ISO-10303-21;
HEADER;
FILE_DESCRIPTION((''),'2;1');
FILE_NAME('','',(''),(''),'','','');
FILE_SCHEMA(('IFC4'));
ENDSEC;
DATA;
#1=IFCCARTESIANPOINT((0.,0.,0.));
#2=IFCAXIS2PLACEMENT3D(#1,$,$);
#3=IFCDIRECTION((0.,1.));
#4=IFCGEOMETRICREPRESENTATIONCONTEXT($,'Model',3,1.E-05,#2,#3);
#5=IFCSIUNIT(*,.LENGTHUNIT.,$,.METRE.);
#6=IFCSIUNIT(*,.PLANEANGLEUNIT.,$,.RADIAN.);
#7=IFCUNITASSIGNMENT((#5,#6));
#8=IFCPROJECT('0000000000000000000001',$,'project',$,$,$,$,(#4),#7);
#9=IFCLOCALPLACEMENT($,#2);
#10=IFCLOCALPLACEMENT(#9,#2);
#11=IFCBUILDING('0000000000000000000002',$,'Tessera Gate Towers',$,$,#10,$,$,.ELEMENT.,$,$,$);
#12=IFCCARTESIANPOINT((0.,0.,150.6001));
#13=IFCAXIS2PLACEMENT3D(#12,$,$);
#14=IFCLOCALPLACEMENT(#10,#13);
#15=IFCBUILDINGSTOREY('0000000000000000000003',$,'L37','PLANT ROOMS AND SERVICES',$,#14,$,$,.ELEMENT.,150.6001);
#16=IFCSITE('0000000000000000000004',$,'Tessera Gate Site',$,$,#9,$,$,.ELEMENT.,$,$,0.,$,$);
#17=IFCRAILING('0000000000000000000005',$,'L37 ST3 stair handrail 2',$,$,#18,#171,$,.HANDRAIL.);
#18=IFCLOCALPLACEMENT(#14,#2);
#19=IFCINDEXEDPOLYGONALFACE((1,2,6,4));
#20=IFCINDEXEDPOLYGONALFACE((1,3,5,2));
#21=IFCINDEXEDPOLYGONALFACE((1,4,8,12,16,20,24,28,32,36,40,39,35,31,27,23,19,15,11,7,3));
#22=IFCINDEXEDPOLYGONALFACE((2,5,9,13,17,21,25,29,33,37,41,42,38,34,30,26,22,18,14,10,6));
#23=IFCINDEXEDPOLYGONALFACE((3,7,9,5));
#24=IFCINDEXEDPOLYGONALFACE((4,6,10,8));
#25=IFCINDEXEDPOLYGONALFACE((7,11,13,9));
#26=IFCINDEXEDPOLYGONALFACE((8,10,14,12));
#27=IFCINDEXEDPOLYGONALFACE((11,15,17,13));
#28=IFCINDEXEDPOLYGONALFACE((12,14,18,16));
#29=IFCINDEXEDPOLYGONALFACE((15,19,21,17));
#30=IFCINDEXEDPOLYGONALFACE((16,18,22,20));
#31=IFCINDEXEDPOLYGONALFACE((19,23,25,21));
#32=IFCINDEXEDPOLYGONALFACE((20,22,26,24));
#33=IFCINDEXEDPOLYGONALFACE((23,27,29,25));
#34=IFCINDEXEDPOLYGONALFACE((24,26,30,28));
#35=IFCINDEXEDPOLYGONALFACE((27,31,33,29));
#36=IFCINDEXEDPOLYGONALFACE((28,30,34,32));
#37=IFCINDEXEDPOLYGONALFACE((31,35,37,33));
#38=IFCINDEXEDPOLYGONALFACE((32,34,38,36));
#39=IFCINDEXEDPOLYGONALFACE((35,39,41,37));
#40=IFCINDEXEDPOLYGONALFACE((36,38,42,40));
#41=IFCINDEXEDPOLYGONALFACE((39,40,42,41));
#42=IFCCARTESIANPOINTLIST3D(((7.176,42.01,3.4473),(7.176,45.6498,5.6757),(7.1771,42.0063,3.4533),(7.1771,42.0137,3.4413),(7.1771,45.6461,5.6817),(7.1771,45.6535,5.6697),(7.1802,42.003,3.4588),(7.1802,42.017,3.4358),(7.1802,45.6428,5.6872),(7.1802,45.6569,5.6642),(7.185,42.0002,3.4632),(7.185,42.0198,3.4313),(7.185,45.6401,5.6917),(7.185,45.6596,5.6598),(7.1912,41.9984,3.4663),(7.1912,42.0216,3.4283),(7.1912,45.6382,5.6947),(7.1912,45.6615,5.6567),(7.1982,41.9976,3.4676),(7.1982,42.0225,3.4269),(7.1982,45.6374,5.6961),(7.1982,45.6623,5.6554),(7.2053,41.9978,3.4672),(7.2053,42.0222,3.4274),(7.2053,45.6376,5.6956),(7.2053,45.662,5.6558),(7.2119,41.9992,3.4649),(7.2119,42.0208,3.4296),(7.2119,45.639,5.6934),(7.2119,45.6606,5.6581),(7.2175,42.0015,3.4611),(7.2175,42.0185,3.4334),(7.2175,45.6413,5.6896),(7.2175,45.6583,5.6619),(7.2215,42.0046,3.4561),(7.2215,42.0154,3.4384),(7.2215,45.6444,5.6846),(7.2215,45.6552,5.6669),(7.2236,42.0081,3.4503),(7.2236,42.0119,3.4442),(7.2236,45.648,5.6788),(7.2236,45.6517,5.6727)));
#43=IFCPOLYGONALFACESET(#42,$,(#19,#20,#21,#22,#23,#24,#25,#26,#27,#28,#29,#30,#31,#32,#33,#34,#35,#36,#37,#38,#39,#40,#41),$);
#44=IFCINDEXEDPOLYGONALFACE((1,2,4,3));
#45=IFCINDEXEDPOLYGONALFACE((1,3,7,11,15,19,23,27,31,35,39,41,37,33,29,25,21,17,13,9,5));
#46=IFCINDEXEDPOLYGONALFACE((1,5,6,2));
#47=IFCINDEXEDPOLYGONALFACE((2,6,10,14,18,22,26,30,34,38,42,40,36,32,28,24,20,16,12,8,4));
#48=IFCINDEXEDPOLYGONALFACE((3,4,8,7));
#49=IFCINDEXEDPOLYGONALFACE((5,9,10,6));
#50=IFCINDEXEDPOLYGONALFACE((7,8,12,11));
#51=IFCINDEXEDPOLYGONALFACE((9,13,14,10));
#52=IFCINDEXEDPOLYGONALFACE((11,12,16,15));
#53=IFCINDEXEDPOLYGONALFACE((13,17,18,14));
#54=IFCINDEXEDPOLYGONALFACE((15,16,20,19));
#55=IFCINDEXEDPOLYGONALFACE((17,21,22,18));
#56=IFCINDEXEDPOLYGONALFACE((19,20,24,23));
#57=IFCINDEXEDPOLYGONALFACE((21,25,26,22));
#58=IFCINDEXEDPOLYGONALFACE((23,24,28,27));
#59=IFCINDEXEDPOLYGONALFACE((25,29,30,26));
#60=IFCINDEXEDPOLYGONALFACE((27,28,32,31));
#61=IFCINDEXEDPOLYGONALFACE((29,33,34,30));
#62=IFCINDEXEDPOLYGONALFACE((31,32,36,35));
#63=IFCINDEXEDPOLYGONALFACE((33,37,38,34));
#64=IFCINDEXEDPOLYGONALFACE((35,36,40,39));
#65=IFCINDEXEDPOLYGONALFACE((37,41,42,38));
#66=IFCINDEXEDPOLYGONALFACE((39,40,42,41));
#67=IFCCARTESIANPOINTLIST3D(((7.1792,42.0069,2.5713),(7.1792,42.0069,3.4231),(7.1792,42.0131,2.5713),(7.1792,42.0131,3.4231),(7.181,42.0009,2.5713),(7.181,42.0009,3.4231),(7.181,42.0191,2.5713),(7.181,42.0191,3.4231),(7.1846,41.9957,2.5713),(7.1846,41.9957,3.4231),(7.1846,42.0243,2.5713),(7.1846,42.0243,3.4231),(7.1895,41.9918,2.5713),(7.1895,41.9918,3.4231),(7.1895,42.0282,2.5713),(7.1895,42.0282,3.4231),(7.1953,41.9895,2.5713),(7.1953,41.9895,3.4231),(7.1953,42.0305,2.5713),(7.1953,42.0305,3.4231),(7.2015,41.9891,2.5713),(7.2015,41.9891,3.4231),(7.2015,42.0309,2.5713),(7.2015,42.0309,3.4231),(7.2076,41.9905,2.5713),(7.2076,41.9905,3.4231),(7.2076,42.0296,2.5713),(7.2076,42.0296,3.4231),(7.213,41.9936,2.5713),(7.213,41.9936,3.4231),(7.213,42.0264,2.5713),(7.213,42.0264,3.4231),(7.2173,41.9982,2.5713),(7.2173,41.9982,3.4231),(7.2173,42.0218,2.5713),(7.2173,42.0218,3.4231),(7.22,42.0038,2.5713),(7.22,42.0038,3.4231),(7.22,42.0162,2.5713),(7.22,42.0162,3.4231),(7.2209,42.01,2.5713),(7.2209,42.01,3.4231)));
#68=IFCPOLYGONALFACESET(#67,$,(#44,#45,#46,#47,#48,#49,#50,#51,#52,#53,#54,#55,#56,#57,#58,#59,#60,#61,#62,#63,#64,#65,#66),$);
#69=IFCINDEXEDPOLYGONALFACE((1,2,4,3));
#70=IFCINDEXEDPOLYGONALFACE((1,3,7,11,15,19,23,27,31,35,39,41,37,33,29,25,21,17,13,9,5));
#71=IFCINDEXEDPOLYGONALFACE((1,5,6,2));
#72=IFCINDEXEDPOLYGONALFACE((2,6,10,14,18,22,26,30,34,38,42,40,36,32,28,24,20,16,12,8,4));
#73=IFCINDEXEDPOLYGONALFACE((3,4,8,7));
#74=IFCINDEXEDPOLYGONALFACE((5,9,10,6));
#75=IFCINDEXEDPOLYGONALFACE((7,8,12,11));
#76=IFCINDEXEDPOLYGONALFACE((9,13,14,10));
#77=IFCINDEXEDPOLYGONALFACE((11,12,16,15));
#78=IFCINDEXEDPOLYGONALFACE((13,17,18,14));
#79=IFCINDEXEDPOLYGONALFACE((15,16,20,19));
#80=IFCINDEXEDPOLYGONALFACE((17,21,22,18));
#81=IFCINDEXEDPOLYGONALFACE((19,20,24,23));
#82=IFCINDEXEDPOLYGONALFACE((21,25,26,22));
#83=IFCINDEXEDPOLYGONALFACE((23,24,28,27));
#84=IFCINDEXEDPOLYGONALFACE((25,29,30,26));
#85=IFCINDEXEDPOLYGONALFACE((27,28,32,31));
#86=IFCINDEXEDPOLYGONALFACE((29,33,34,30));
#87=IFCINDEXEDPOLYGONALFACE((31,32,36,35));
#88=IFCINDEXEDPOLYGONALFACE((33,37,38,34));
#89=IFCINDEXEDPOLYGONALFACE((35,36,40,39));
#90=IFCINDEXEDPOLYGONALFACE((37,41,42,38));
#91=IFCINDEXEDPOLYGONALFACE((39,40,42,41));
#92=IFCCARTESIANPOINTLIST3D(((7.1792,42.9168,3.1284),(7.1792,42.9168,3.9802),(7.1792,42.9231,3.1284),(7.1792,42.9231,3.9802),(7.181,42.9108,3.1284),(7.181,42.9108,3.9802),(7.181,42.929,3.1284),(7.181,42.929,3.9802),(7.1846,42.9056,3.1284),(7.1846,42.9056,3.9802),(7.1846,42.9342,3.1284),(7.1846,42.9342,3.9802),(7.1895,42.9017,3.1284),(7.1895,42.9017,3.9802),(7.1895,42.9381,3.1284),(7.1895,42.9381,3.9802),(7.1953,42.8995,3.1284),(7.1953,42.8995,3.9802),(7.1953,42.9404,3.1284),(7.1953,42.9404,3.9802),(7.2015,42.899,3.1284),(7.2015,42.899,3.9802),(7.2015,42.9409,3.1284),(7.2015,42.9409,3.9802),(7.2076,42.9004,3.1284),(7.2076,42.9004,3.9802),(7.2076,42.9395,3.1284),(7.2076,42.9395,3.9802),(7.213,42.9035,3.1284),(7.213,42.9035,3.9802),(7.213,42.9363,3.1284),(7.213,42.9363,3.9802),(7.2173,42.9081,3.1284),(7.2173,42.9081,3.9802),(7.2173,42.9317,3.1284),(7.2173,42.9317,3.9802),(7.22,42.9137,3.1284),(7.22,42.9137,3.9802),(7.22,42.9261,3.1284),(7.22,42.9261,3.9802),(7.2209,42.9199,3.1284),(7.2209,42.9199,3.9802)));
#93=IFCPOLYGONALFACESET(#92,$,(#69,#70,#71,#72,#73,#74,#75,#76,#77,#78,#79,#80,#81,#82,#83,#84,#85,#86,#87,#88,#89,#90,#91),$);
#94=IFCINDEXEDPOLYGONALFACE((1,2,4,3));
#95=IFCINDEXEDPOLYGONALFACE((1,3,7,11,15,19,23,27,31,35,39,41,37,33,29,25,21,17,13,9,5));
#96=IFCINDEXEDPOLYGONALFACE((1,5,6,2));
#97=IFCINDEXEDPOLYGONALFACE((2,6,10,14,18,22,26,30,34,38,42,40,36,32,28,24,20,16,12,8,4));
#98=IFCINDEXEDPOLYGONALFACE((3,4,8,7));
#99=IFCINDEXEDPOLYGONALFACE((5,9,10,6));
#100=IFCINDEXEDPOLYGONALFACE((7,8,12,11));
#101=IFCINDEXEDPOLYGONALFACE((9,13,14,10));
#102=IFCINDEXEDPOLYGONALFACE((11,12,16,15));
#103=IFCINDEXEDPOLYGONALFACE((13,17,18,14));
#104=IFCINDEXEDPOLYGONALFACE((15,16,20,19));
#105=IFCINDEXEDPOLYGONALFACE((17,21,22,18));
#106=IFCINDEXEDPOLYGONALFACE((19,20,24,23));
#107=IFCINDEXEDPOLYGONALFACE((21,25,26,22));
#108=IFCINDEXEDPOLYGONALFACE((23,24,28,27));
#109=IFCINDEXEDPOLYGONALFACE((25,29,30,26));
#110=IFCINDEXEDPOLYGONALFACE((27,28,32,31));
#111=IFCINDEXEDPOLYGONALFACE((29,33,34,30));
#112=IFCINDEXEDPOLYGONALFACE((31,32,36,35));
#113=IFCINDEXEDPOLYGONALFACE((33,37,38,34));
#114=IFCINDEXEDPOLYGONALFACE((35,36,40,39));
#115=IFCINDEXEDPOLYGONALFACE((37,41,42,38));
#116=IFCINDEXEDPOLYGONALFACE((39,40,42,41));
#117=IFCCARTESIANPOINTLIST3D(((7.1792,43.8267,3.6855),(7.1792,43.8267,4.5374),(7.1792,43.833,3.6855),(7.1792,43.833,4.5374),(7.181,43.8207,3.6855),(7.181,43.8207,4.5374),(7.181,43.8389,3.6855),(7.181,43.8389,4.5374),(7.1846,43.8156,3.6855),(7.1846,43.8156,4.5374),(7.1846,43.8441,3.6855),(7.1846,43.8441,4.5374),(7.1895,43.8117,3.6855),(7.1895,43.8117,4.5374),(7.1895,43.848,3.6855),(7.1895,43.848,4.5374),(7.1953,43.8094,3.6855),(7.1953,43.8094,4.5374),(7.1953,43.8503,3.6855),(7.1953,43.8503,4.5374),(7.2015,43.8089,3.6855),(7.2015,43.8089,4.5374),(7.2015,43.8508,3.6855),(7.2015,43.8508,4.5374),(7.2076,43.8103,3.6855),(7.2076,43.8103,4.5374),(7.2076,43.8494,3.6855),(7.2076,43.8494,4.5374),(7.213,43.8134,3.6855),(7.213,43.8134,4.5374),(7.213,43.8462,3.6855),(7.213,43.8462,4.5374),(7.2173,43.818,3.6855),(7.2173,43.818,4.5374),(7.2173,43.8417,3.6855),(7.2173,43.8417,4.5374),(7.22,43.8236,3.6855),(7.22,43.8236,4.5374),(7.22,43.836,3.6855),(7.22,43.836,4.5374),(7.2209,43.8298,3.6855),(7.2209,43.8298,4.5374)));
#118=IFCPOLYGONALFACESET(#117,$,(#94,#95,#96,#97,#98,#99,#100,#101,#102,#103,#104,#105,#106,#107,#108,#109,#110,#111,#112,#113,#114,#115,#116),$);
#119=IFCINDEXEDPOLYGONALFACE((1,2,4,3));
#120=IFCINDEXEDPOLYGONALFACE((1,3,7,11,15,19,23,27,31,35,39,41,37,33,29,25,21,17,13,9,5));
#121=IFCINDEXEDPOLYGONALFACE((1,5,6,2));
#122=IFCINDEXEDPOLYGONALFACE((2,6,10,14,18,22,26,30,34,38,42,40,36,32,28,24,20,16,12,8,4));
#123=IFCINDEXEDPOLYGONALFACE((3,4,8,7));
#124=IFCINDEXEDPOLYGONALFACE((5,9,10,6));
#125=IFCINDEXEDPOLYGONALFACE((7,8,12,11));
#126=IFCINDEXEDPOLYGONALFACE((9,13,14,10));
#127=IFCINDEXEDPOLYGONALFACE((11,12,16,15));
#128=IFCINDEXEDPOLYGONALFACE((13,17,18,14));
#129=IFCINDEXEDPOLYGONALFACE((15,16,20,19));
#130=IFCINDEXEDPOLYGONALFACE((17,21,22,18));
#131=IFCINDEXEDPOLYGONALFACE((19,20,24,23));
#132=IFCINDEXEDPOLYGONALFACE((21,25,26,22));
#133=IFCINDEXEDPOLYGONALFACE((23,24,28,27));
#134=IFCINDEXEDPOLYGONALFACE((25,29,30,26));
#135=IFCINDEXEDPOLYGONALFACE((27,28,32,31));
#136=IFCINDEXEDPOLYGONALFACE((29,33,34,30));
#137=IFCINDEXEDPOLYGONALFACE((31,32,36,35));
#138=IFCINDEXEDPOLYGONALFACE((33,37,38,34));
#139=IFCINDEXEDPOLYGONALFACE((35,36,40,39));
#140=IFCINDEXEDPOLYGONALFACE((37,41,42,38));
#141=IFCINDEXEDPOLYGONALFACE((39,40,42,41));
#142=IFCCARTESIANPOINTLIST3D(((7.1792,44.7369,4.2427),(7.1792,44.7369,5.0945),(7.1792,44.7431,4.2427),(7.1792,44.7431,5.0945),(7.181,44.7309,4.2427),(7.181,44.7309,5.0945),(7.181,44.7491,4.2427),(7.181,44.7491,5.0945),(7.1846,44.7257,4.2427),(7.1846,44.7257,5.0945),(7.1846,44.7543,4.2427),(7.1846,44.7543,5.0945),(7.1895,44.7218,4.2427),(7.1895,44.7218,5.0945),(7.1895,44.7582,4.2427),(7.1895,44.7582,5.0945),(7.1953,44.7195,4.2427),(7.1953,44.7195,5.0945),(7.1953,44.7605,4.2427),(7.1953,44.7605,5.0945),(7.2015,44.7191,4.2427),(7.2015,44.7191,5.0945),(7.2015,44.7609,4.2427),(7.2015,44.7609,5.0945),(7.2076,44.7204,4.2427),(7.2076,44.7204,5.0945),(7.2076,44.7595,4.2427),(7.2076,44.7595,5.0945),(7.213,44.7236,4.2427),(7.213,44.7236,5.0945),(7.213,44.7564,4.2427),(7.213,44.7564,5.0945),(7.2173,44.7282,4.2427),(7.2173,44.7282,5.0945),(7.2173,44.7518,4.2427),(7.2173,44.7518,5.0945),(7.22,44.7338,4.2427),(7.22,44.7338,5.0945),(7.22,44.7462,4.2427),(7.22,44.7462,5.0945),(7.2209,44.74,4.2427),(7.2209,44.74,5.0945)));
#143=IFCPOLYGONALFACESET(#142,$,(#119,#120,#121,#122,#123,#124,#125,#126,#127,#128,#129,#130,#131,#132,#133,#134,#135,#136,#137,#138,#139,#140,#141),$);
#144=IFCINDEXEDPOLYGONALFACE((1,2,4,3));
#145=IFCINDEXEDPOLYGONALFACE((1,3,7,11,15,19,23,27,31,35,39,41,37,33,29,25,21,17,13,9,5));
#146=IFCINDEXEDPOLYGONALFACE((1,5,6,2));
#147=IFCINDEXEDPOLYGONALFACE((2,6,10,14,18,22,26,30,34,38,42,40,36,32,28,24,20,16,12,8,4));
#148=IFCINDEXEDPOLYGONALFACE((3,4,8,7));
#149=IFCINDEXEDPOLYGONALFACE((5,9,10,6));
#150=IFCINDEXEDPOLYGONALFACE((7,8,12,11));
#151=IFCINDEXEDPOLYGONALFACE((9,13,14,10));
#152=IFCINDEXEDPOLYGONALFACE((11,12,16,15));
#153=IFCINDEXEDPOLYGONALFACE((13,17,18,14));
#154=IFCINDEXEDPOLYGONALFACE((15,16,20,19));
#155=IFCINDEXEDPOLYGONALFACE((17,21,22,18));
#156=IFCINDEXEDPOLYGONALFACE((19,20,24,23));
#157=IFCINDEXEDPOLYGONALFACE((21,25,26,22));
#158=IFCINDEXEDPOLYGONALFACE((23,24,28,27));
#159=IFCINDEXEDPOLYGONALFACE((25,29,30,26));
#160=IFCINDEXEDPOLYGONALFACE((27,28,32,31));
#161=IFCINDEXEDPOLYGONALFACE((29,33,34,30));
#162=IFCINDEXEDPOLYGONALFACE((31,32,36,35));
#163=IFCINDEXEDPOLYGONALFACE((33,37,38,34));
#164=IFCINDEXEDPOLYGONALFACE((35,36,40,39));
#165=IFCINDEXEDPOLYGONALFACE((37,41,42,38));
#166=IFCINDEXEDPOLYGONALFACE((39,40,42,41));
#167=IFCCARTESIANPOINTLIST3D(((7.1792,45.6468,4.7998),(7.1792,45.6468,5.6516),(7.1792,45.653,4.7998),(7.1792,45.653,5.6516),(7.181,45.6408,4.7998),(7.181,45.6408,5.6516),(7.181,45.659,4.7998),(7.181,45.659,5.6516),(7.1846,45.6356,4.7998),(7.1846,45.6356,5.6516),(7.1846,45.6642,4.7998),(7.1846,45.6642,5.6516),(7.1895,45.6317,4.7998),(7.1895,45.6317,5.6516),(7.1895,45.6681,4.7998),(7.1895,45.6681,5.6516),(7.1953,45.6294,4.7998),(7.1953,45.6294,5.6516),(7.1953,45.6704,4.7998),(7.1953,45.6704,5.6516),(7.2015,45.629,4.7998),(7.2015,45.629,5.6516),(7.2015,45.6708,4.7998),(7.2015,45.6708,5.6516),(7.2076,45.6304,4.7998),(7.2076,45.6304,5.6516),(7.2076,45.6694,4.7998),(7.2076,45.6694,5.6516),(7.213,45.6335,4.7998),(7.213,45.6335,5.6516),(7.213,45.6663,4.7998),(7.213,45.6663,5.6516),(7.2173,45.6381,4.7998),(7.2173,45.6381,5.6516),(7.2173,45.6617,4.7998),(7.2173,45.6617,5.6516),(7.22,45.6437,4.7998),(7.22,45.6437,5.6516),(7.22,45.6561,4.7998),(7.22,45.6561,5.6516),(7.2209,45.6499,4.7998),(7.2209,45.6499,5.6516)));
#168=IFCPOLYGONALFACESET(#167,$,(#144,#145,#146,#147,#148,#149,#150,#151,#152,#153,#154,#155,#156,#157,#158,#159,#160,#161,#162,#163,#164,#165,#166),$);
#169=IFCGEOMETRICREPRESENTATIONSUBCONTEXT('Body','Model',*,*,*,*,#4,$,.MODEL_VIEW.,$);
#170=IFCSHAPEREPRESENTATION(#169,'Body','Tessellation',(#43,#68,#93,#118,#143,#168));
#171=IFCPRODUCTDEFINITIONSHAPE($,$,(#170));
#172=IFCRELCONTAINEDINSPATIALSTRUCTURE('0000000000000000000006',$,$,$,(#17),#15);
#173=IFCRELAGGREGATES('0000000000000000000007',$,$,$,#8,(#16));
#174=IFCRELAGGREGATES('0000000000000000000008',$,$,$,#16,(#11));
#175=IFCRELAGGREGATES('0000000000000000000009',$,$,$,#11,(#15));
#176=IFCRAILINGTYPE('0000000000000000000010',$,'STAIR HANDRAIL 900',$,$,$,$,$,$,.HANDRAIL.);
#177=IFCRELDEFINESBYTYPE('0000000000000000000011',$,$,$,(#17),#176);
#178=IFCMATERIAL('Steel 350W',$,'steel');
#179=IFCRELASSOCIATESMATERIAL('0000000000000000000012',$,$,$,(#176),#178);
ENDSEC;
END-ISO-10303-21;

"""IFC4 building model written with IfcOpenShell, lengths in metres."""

from ifc_helpers import new_model, si_unit, direction, frame, origin, origin_2d, place, context, subcontext, project, spatial, circle, extrude, material, type_object, element, save


model = new_model("IFC4")

# Units and contexts
model_context = context("Model", 3, precision=1e-05, world=origin(), true_north=direction((0.0, 1.0)))
body_context = subcontext(model_context, "Body", "Model", "MODEL_VIEW")
ifc_project = project(units=[si_unit("LENGTHUNIT", "METRE"), si_unit("PLANEANGLEUNIT", "RADIAN")], contexts=[model_context])

# Site, building, storey
site_placement = place(None, origin())
site = spatial("IfcSite", under=ifc_project, at=site_placement, Name="Tessera Gate Site", CompositionType="ELEMENT", RefElevation=0.0)
building_placement = place(site_placement, origin())
building = spatial("IfcBuilding", under=site, at=building_placement, Name="Tessera Gate Towers", CompositionType="ELEMENT")
storey_placement = place(building_placement, frame((0.0, 0.0, 150.6001)))
storey = spatial("IfcBuildingStorey", under=building, at=storey_placement, Name="L37", Description="PLANT ROOMS AND SERVICES", CompositionType="ELEMENT", Elevation=150.6001)

# Railing
ifc_material_1 = material(Name="Steel 350W", Category="steel")
railing_type_1 = type_object("IfcRailingType", Name="STAIR HANDRAIL 900", PredefinedType="HANDRAIL", material=ifc_material_1)
railing_1_placement = place(storey_placement, frame((7.2, 42.01, 2.5713)))
element("IfcRailing", 1, at=railing_1_placement, inside=storey, type_object=railing_type_1, Name="L37 ST3 stair handrail 2", PredefinedType="HANDRAIL", context=body_context, shape_type="SweptSolid", body=[
    extrude(circle(Radius=0.0239, at=origin_2d()), frame((0.0, 0.0, 0.876), z_axis=(0.0, 0.85285, 0.522156), x_axis=(-1.0, 0.0, 0.0)), (0.0, 0.0, 1.0), 4.2678),
    extrude(circle(Radius=0.021, at=origin_2d()), origin(), (0.0, 0.0, 1.0), 0.8518),
    extrude(circle(Radius=0.021, at=origin_2d()), frame((0.0, 0.9099, 0.5571)), (0.0, 0.0, 1.0), 0.8518),
    extrude(circle(Radius=0.021, at=origin_2d()), frame((0.0, 1.8198, 1.1143)), (0.0, 0.0, 1.0), 0.8518),
    extrude(circle(Radius=0.021, at=origin_2d()), frame((0.0, 2.73, 1.6714)), (0.0, 0.0, 1.0), 0.8518),
    extrude(circle(Radius=0.021, at=origin_2d()), frame((0.0, 3.6399, 2.2285)), (0.0, 0.0, 1.0), 0.8518),
])

save(model, "model.ifc")
